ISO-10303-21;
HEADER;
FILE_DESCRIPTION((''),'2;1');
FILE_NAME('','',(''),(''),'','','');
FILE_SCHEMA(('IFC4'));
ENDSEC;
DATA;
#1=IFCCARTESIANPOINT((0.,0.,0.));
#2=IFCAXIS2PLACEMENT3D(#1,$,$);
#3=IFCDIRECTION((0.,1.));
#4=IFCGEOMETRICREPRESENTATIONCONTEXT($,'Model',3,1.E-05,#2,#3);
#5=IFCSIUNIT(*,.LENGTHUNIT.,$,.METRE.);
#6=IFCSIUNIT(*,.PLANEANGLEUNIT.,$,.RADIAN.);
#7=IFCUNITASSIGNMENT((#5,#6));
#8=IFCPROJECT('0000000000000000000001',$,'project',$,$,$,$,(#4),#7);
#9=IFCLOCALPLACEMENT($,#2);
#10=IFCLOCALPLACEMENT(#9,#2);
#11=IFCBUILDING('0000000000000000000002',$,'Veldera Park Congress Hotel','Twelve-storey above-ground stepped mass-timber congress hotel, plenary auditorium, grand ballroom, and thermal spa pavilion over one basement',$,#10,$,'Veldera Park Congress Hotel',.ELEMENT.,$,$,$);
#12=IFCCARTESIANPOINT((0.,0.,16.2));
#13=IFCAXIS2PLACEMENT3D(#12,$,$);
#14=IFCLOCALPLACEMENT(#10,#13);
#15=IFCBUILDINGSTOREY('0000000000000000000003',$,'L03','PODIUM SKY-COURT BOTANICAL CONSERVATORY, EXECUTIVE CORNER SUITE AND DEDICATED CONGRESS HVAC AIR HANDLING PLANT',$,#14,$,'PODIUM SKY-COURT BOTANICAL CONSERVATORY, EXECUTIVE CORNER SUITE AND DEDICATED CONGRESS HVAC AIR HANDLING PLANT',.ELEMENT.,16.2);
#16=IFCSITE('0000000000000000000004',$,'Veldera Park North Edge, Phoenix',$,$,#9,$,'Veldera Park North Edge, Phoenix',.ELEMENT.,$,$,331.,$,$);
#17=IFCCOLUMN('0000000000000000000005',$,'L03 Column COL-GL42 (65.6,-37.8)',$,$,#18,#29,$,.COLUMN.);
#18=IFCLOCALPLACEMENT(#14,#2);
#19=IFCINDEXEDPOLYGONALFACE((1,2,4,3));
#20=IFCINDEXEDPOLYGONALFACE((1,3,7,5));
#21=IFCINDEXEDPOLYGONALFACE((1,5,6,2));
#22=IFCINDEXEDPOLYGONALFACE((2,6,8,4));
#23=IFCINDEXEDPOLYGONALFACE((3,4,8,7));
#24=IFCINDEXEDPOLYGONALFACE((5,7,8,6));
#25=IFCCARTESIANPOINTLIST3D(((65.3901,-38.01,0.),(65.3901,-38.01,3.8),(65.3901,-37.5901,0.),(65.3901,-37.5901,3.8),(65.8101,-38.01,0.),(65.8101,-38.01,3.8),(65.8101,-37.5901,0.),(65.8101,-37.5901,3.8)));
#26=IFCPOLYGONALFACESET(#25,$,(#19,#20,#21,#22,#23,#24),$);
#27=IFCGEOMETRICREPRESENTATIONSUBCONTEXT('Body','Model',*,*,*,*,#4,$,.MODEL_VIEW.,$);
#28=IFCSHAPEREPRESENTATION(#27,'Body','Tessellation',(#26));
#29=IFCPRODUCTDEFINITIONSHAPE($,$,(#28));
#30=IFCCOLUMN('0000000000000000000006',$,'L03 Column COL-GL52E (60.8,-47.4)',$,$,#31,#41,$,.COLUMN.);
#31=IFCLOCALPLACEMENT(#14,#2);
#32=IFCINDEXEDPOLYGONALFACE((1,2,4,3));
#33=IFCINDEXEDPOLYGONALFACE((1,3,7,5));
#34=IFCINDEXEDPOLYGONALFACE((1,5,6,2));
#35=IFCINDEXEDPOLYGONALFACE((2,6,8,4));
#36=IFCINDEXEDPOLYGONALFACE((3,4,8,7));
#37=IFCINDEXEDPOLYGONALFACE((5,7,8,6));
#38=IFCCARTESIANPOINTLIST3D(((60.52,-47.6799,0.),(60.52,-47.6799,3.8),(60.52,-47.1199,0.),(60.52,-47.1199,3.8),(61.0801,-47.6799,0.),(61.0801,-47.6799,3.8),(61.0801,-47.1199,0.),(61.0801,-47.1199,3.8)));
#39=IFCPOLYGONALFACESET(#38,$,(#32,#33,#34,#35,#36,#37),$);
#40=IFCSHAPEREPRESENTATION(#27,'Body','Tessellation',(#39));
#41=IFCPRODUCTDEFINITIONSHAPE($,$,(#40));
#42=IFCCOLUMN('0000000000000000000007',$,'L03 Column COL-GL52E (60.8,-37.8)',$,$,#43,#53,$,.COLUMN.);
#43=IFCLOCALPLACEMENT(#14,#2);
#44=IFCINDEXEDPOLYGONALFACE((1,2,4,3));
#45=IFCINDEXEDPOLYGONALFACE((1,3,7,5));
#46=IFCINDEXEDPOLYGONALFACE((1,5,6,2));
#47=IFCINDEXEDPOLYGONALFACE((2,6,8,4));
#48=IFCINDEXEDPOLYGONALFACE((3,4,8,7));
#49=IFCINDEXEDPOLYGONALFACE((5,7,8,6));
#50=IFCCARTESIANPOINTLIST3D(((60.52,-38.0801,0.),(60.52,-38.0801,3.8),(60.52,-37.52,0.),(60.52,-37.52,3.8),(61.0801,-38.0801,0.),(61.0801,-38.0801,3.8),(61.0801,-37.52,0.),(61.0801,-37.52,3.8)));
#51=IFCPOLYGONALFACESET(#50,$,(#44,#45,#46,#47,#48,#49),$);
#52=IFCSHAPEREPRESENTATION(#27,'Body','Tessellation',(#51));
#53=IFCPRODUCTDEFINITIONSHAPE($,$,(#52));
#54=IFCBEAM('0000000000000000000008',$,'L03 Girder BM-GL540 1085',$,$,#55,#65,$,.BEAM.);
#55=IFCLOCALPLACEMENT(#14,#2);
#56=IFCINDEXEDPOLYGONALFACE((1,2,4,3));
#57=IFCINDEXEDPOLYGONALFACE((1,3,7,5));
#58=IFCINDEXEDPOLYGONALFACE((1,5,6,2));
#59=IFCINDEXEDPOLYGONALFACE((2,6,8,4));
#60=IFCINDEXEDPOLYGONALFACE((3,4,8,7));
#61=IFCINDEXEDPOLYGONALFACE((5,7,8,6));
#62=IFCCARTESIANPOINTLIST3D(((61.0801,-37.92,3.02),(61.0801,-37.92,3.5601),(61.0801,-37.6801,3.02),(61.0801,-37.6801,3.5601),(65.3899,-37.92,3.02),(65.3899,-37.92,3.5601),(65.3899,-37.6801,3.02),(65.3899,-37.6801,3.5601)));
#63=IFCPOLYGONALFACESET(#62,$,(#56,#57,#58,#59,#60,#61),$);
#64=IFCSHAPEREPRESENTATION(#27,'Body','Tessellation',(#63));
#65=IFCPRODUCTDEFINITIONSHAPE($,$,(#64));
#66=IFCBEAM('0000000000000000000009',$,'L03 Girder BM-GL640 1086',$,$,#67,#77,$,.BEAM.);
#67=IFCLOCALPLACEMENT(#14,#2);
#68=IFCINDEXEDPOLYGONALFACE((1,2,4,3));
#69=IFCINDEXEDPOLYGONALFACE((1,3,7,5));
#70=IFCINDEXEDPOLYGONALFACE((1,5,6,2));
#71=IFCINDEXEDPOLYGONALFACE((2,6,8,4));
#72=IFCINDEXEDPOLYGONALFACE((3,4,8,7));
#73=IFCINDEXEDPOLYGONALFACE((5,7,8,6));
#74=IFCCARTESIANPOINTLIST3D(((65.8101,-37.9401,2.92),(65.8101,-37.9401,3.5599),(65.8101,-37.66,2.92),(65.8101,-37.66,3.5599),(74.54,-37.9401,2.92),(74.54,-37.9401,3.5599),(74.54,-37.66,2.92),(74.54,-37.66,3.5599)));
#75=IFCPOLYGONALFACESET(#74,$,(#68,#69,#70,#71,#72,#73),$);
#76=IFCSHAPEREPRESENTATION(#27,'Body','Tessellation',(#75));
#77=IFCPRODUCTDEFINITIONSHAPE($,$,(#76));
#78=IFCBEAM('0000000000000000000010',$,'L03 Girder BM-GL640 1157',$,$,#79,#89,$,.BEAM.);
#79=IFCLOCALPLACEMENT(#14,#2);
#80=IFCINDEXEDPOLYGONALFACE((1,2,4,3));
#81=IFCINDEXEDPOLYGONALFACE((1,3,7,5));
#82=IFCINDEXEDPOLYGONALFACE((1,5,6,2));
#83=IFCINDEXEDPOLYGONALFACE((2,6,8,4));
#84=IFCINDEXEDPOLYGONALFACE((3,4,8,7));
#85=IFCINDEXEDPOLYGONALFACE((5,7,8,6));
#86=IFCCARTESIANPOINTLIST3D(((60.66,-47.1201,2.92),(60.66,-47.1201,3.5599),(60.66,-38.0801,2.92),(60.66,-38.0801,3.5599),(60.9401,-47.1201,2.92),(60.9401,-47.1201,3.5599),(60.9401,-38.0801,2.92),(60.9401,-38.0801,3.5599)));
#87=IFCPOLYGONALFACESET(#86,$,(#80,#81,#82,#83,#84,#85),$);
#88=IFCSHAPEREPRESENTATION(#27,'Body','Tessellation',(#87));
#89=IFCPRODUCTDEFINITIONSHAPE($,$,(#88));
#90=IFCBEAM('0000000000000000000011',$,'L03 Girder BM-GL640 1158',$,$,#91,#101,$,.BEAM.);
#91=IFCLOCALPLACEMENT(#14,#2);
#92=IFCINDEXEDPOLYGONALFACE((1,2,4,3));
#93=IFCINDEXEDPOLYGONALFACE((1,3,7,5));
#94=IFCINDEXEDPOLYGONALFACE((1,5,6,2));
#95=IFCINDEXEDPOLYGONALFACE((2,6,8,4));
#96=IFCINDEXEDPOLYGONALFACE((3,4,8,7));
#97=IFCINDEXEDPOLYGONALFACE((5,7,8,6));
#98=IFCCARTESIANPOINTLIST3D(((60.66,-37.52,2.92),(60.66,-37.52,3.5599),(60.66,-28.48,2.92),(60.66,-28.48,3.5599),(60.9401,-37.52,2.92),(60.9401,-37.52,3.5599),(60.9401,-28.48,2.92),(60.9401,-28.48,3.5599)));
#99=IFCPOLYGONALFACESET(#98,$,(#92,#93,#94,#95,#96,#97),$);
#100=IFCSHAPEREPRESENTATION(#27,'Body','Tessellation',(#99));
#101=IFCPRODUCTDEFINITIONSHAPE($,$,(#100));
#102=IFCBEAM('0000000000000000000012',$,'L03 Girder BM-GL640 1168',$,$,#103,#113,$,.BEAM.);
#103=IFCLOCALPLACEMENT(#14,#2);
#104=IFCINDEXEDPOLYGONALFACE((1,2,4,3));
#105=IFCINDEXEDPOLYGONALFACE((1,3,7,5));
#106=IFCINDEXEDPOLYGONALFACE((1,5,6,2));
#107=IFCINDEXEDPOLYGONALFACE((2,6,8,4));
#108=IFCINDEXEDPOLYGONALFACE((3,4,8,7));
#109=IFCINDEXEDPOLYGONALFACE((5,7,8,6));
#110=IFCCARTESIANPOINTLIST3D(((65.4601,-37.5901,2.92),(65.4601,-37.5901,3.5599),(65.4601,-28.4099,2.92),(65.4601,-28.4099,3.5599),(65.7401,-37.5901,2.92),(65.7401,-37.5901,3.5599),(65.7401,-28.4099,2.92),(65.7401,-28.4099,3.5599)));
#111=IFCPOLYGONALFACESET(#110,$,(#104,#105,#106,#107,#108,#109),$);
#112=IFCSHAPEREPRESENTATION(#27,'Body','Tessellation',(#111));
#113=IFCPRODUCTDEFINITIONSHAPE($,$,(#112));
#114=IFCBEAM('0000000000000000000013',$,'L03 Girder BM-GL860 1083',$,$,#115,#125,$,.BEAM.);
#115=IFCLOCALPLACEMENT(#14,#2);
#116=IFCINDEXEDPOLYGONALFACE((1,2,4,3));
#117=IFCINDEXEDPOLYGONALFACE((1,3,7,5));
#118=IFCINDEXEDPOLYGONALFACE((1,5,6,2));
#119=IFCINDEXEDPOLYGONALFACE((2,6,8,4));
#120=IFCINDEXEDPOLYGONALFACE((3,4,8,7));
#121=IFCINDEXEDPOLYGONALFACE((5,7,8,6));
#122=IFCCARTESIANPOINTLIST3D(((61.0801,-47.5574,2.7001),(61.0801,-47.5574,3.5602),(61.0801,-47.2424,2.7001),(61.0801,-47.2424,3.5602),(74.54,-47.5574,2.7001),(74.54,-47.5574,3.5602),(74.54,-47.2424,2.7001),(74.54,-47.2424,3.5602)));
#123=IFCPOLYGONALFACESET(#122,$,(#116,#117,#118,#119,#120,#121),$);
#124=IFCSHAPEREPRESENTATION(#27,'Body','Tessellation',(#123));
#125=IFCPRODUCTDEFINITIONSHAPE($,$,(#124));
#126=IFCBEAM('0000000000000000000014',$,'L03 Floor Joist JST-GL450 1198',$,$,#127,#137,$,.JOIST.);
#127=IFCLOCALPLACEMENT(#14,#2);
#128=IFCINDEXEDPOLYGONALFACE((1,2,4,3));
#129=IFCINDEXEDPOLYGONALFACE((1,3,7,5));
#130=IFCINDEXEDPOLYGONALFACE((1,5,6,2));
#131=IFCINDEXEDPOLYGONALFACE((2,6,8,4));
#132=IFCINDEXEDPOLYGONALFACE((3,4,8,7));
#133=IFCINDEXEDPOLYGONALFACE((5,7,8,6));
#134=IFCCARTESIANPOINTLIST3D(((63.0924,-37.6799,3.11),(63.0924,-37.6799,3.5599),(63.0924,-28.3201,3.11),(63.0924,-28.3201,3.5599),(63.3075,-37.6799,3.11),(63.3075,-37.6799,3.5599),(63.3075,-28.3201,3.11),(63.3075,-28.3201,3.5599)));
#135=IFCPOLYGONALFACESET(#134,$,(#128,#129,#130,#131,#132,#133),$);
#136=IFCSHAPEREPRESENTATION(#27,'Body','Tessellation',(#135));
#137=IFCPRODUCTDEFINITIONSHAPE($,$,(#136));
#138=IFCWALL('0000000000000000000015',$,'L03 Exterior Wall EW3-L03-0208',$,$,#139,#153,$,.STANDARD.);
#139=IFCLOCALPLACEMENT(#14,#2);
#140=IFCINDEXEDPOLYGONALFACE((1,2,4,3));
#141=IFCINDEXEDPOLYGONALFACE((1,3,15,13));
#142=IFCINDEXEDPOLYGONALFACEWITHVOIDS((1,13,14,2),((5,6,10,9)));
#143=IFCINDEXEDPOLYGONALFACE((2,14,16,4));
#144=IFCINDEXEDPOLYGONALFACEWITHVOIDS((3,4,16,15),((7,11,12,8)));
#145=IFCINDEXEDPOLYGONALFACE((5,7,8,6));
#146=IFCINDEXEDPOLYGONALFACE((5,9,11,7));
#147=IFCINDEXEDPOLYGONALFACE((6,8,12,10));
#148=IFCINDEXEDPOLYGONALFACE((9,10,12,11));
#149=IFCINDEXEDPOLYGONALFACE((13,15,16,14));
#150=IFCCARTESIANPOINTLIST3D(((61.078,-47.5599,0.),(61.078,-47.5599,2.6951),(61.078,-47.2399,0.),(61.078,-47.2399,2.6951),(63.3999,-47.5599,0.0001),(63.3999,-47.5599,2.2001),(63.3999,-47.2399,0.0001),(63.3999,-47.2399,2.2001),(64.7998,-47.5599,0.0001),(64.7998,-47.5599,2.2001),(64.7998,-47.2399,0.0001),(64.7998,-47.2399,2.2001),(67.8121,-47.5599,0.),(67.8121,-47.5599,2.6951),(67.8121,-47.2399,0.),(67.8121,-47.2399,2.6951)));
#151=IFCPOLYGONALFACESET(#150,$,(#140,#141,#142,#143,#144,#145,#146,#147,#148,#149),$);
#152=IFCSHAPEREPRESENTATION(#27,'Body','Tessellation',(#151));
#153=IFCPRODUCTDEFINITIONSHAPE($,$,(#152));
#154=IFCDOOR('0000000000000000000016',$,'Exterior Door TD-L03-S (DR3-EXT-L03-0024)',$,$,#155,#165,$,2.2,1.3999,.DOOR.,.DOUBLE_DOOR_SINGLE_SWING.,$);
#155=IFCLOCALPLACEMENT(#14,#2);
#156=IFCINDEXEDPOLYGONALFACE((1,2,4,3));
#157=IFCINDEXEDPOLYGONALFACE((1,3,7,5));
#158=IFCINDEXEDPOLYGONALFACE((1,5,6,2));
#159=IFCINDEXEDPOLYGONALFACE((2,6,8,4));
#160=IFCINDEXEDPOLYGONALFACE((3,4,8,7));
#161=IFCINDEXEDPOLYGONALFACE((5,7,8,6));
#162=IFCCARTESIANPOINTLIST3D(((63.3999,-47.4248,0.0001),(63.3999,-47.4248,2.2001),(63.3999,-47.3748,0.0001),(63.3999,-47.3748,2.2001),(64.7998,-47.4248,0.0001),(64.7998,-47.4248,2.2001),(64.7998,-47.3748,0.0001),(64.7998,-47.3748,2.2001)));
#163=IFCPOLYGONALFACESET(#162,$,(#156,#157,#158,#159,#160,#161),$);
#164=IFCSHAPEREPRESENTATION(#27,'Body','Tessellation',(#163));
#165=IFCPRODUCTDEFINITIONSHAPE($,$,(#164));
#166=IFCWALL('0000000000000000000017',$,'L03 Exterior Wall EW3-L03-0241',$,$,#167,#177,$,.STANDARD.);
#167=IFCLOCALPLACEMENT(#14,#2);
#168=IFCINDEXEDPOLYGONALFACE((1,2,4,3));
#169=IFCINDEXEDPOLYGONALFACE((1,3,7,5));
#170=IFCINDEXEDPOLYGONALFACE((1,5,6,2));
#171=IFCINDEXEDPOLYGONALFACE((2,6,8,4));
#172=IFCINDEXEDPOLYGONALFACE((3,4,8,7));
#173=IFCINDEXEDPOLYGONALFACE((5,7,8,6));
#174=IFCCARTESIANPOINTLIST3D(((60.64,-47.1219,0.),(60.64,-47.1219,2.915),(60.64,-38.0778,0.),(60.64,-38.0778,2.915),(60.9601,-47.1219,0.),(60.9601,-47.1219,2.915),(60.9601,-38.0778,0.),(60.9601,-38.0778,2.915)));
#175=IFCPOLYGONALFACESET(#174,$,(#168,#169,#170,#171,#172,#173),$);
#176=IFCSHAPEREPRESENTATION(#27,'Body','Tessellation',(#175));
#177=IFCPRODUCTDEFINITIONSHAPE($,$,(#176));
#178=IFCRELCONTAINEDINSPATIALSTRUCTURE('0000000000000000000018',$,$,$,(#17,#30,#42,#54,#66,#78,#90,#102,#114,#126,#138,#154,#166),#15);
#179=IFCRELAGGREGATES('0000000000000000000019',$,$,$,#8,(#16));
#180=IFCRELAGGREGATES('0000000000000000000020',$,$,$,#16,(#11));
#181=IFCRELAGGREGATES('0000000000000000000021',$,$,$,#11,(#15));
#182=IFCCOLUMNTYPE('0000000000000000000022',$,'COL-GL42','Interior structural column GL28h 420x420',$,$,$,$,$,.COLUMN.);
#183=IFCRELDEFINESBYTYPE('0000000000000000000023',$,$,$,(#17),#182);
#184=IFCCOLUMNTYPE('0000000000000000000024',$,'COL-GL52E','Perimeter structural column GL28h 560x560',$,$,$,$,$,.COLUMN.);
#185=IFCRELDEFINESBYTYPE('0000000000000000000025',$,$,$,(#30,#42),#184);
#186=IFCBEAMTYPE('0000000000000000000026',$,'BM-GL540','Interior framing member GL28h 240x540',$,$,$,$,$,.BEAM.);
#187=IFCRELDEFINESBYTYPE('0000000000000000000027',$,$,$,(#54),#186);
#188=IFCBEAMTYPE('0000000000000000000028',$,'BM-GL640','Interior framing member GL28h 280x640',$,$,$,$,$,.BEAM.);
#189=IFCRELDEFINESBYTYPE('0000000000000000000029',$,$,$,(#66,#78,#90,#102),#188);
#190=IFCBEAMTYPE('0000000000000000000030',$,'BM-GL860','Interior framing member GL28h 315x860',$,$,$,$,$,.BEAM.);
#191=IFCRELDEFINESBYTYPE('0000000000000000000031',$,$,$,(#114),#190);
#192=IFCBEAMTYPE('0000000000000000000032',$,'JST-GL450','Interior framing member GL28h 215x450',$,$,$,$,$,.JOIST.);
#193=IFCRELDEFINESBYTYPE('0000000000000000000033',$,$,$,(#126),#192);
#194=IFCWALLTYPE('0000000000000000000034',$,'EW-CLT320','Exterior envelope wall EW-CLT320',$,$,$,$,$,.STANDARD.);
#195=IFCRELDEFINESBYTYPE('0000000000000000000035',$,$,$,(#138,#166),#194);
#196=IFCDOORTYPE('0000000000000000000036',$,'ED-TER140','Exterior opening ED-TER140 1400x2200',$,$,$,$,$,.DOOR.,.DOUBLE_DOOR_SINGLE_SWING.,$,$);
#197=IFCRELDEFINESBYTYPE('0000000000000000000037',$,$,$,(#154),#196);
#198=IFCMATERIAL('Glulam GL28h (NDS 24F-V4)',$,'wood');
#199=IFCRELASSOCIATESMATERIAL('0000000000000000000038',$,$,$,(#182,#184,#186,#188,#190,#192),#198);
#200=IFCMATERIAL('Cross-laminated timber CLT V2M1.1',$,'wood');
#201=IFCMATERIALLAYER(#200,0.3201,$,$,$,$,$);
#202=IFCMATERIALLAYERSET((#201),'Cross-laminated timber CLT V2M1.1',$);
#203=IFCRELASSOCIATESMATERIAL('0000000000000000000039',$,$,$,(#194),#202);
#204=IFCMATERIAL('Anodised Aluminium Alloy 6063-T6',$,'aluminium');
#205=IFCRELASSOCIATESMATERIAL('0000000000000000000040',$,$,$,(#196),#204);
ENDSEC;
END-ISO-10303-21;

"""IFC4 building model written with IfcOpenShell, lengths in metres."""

from ifc_helpers import new_model, si_unit, direction, frame, frame_2d, origin, origin_2d, place, context, subcontext, project, spatial, rectangle, extrude, material, layer, layer_set, material_profile, profile_set, type_object, element, fill, save


model = new_model("IFC4")

# Units and contexts
model_context = context("Model", 3, precision=1e-05, world=origin(), true_north=direction((0.0, 1.0)))
body_context = subcontext(model_context, "Body", "Model", "MODEL_VIEW")
ifc_project = project(units=[si_unit("LENGTHUNIT", "METRE"), si_unit("PLANEANGLEUNIT", "RADIAN")], contexts=[model_context])

# Site, building, storey
site_placement = place(None, origin())
site = spatial("IfcSite", under=ifc_project, at=site_placement, Name="Veldera Park North Edge, Phoenix", LongName="Veldera Park North Edge, Phoenix", CompositionType="ELEMENT", RefElevation=331.0)
building_placement = place(site_placement, origin())
building = spatial("IfcBuilding", under=site, at=building_placement, Name="Veldera Park Congress Hotel", Description="Twelve-storey above-ground stepped mass-timber congress hotel, plenary auditorium, grand ballroom, and thermal spa pavilion over one basement", LongName="Veldera Park Congress Hotel", CompositionType="ELEMENT")
storey_placement = place(building_placement, frame((0.0, 0.0, 16.2)))
storey = spatial("IfcBuildingStorey", under=building, at=storey_placement, Name="L03", Description="PODIUM SKY-COURT BOTANICAL CONSERVATORY, EXECUTIVE CORNER SUITE AND DEDICATED CONGRESS HVAC AIR HANDLING PLANT", LongName="PODIUM SKY-COURT BOTANICAL CONSERVATORY, EXECUTIVE CORNER SUITE AND DEDICATED CONGRESS HVAC AIR HANDLING PLANT", CompositionType="ELEMENT", Elevation=16.2)

# Columns
ifc_material_1 = material(Name="Glulam GL28h (NDS 24F-V4)", Category="wood")
ifc_material_profile_1 = material_profile(ifc_material_1, rectangle(XDim=0.4199, YDim=0.4199, at=origin_2d()), Name="GL28h 420x420")
ifc_profile_set_1 = profile_set([ifc_material_profile_1], Name="Glulam GL28h (NDS 24F-V4)")
column_type_1 = type_object("IfcColumnType", Name="COL-GL42", Description="Interior structural column GL28h 420x420", PredefinedType="COLUMN", material=ifc_profile_set_1)
column_placement = place(storey_placement, frame((65.6001, -37.8, 0.0), z_axis=(0.0, 0.0, 1.0), x_axis=(1.0, 0.0, 0.0)))
element("IfcColumn", 1, at=column_placement, inside=storey, type_object=column_type_1, Name="L03 Column COL-GL42 (65.6,-37.8)", PredefinedType="COLUMN", context=body_context, shape_type="SweptSolid", body=[
    extrude(rectangle(XDim=0.4199, YDim=0.4199, at=origin_2d()), origin(), (0.0, 0.0, 1.0), 3.8),
])
ifc_material_profile_2 = material_profile(ifc_material_1, rectangle(XDim=0.5601, YDim=0.5601, at=origin_2d()), Name="GL28h 560x560")
ifc_profile_set_2 = profile_set([ifc_material_profile_2], Name="Glulam GL28h (NDS 24F-V4)")
column_type_2 = type_object("IfcColumnType", Name="COL-GL52E", Description="Perimeter structural column GL28h 560x560", PredefinedType="COLUMN", material=ifc_profile_set_2)
for number, where, z_axis, x_axis, name in (
    (2, (60.8, -47.3999, 0.0), (0.0, 0.0, 1.0), (1.0, 0.0, 0.0), "L03 Column COL-GL52E (60.8,-47.4)"),
    (3, (60.8, -37.8, 0.0), (0.0, 0.0, 1.0), (1.0, 0.0, 0.0), "L03 Column COL-GL52E (60.8,-37.8)"),
):
    element("IfcColumn", number, at=place(storey_placement, frame(where, z_axis=z_axis, x_axis=x_axis)), inside=storey, type_object=column_type_2, Name=name, PredefinedType="COLUMN", context=body_context, shape_type="SweptSolid", body=[
        extrude(rectangle(XDim=0.5601, YDim=0.5601, at=origin_2d()), origin(), (0.0, 0.0, 1.0), 3.8),
    ])

# Beams
ifc_material_profile_3 = material_profile(ifc_material_1, rectangle(XDim=0.24, YDim=0.54, at=origin_2d()), Name="GL28h 240x540")
ifc_profile_set_3 = profile_set([ifc_material_profile_3], Name="Glulam GL28h (NDS 24F-V4)")
beam_type_1 = type_object("IfcBeamType", Name="BM-GL540", Description="Interior framing member GL28h 240x540", PredefinedType="BEAM", material=ifc_profile_set_3)
beam_1_placement = place(storey_placement, frame((61.0801, -37.8, 3.29), z_axis=(1.0, 0.0, 0.0), x_axis=(0.0, 1.0, 0.0)))
element("IfcBeam", 4, at=beam_1_placement, inside=storey, type_object=beam_type_1, Name="L03 Girder BM-GL540 1085", PredefinedType="BEAM", context=body_context, shape_type="SweptSolid", body=[
    extrude(rectangle(XDim=0.24, YDim=0.54, at=origin_2d()), origin(), (0.0, 0.0, 1.0), 4.3098),
])
ifc_material_profile_4 = material_profile(ifc_material_1, rectangle(XDim=0.28, YDim=0.6399, at=origin_2d()), Name="GL28h 280x640")
ifc_profile_set_4 = profile_set([ifc_material_profile_4], Name="Glulam GL28h (NDS 24F-V4)")
beam_type_2 = type_object("IfcBeamType", Name="BM-GL640", Description="Interior framing member GL28h 280x640", PredefinedType="BEAM", material=ifc_profile_set_4)
beam_2_placement = place(storey_placement, frame((65.8101, -37.8, 3.24), z_axis=(1.0, 0.0, 0.0), x_axis=(0.0, 1.0, 0.0)))
element("IfcBeam", 5, at=beam_2_placement, inside=storey, type_object=beam_type_2, Name="L03 Girder BM-GL640 1086", PredefinedType="BEAM", context=body_context, shape_type="SweptSolid", body=[
    extrude(rectangle(XDim=0.28, YDim=0.6399, at=origin_2d()), origin(), (0.0, 0.0, 1.0), 8.73),
])
for number, where, z_axis, x_axis, name in (
    (6, (60.8, -47.1201, 3.24), (0.0, 1.0, 0.0), (-1.0, 0.0, 0.0), "L03 Girder BM-GL640 1157"),
    (7, (60.8, -37.52, 3.24), (0.0, 1.0, 0.0), (-1.0, 0.0, 0.0), "L03 Girder BM-GL640 1158"),
):
    element("IfcBeam", number, at=place(storey_placement, frame(where, z_axis=z_axis, x_axis=x_axis)), inside=storey, type_object=beam_type_2, Name=name, PredefinedType="BEAM", context=body_context, shape_type="SweptSolid", body=[
        extrude(rectangle(XDim=0.28, YDim=0.6399, at=origin_2d()), origin(), (0.0, 0.0, 1.0), 9.04),
    ])
beam_3_placement = place(storey_placement, frame((65.6001, -37.5901, 3.24), z_axis=(0.0, 1.0, 0.0), x_axis=(-1.0, 0.0, 0.0)))
element("IfcBeam", 8, at=beam_3_placement, inside=storey, type_object=beam_type_2, Name="L03 Girder BM-GL640 1168", PredefinedType="BEAM", context=body_context, shape_type="SweptSolid", body=[
    extrude(rectangle(XDim=0.28, YDim=0.6399, at=origin_2d()), origin(), (0.0, 0.0, 1.0), 9.1802),
])
ifc_material_profile_5 = material_profile(ifc_material_1, rectangle(XDim=0.3149, YDim=0.8601, at=origin_2d()), Name="GL28h 315x860")
ifc_profile_set_5 = profile_set([ifc_material_profile_5], Name="Glulam GL28h (NDS 24F-V4)")
beam_type_3 = type_object("IfcBeamType", Name="BM-GL860", Description="Interior framing member GL28h 315x860", PredefinedType="BEAM", material=ifc_profile_set_5)
beam_4_placement = place(storey_placement, frame((61.0801, -47.3999, 3.1301), z_axis=(1.0, 0.0, 0.0), x_axis=(0.0, 1.0, 0.0)))
element("IfcBeam", 9, at=beam_4_placement, inside=storey, type_object=beam_type_3, Name="L03 Girder BM-GL860 1083", PredefinedType="BEAM", context=body_context, shape_type="SweptSolid", body=[
    extrude(rectangle(XDim=0.3149, YDim=0.8601, at=origin_2d()), origin(), (0.0, 0.0, 1.0), 13.46),
])
ifc_material_profile_6 = material_profile(ifc_material_1, rectangle(XDim=0.2151, YDim=0.45, at=origin_2d()), Name="GL28h 215x450")
ifc_profile_set_6 = profile_set([ifc_material_profile_6], Name="Glulam GL28h (NDS 24F-V4)")
beam_type_4 = type_object("IfcBeamType", Name="JST-GL450", Description="Interior framing member GL28h 215x450", PredefinedType="JOIST", material=ifc_profile_set_6)
beam_5_placement = place(storey_placement, frame((63.2, -37.6799, 3.335), z_axis=(0.0, 1.0, 0.0), x_axis=(-1.0, 0.0, 0.0)))
element("IfcBeam", 10, at=beam_5_placement, inside=storey, type_object=beam_type_4, Name="L03 Floor Joist JST-GL450 1198", PredefinedType="JOIST", context=body_context, shape_type="SweptSolid", body=[
    extrude(rectangle(XDim=0.2151, YDim=0.45, at=origin_2d()), origin(), (0.0, 0.0, 1.0), 9.3599),
])

# Wall, opening, door
ifc_material_2 = material(Name="Cross-laminated timber CLT V2M1.1", Category="wood")
ifc_layer_1 = layer(ifc_material_2, 0.3201)
ifc_layer_set_1 = layer_set([ifc_layer_1], Name="Cross-laminated timber CLT V2M1.1")
wall_type_1 = type_object("IfcWallType", Name="EW-CLT320", Description="Exterior envelope wall EW-CLT320", PredefinedType="STANDARD", material=ifc_layer_set_1)
wall_1_placement = place(storey_placement, frame((61.0779, -47.3999, 0.0), z_axis=(0.0, 0.0, 1.0), x_axis=(1.0, 0.0, 0.0)))
wall_1 = element("IfcWall", 11, at=wall_1_placement, inside=storey, type_object=wall_type_1, Name="L03 Exterior Wall EW3-L03-0208", PredefinedType="STANDARD", context=body_context, shape_type="SweptSolid", body=[
    extrude(rectangle(XDim=6.7341, YDim=0.3201, at=frame_2d((3.3672, 0.0))), origin(), (0.0, 0.0, 1.0), 2.6951),
])
opening_placement = place(wall_1_placement, frame((2.322, 0.0, 0.0)))
opening = element("IfcOpeningElement", 12, at=opening_placement, cuts=wall_1, PredefinedType="OPENING", context=body_context, shape_type="SweptSolid", body=[
    extrude(rectangle(XDim=1.3999, YDim=2.2, at=frame_2d((0.7, 1.1001))), frame((0.0, 0.1721, 0.0), z_axis=(0.0, -1.0, 0.0), x_axis=(1.0, 0.0, 0.0)), (0.0, 0.0, 1.0), 0.344),
])
ifc_material_3 = material(Name="Anodised Aluminium Alloy 6063-T6", Category="aluminium")
door_type = type_object("IfcDoorType", Name="ED-TER140", Description="Exterior opening ED-TER140 1400x2200", OperationType="DOUBLE_DOOR_SINGLE_SWING", PredefinedType="DOOR", material=ifc_material_3)
door_placement = place(opening_placement, frame((1.3999, 0.0, 0.0), z_axis=(0.0, 0.0, 1.0), x_axis=(-1.0, 0.0, 0.0)))
door = element("IfcDoor", 13, at=door_placement, inside=storey, type_object=door_type, Name="Exterior Door TD-L03-S (DR3-EXT-L03-0024)", OperationType="DOUBLE_DOOR_SINGLE_SWING", OverallHeight=2.2, OverallWidth=1.3999, PredefinedType="DOOR", context=body_context, shape_type="SweptSolid", body=[
    extrude(rectangle(XDim=1.3999, YDim=2.2, at=frame_2d((0.7, 1.1001))), frame((0.0, 0.0249, 0.0), z_axis=(0.0, -1.0, 0.0), x_axis=(1.0, 0.0, 0.0)), (0.0, 0.0, 1.0), 0.05),
])
fill(opening, door)

# Wall
wall_2_placement = place(storey_placement, frame((60.8, -38.0779, 0.0), z_axis=(0.0, 0.0, 1.0), x_axis=(0.0, -1.0, 0.0)))
element("IfcWall", 14, at=wall_2_placement, inside=storey, type_object=wall_type_1, Name="L03 Exterior Wall EW3-L03-0241", PredefinedType="STANDARD", context=body_context, shape_type="SweptSolid", body=[
    extrude(rectangle(XDim=9.0442, YDim=0.3201, at=frame_2d((4.522, 0.0))), origin(), (0.0, 0.0, 1.0), 2.915),
])

save(model, "model.ifc")
